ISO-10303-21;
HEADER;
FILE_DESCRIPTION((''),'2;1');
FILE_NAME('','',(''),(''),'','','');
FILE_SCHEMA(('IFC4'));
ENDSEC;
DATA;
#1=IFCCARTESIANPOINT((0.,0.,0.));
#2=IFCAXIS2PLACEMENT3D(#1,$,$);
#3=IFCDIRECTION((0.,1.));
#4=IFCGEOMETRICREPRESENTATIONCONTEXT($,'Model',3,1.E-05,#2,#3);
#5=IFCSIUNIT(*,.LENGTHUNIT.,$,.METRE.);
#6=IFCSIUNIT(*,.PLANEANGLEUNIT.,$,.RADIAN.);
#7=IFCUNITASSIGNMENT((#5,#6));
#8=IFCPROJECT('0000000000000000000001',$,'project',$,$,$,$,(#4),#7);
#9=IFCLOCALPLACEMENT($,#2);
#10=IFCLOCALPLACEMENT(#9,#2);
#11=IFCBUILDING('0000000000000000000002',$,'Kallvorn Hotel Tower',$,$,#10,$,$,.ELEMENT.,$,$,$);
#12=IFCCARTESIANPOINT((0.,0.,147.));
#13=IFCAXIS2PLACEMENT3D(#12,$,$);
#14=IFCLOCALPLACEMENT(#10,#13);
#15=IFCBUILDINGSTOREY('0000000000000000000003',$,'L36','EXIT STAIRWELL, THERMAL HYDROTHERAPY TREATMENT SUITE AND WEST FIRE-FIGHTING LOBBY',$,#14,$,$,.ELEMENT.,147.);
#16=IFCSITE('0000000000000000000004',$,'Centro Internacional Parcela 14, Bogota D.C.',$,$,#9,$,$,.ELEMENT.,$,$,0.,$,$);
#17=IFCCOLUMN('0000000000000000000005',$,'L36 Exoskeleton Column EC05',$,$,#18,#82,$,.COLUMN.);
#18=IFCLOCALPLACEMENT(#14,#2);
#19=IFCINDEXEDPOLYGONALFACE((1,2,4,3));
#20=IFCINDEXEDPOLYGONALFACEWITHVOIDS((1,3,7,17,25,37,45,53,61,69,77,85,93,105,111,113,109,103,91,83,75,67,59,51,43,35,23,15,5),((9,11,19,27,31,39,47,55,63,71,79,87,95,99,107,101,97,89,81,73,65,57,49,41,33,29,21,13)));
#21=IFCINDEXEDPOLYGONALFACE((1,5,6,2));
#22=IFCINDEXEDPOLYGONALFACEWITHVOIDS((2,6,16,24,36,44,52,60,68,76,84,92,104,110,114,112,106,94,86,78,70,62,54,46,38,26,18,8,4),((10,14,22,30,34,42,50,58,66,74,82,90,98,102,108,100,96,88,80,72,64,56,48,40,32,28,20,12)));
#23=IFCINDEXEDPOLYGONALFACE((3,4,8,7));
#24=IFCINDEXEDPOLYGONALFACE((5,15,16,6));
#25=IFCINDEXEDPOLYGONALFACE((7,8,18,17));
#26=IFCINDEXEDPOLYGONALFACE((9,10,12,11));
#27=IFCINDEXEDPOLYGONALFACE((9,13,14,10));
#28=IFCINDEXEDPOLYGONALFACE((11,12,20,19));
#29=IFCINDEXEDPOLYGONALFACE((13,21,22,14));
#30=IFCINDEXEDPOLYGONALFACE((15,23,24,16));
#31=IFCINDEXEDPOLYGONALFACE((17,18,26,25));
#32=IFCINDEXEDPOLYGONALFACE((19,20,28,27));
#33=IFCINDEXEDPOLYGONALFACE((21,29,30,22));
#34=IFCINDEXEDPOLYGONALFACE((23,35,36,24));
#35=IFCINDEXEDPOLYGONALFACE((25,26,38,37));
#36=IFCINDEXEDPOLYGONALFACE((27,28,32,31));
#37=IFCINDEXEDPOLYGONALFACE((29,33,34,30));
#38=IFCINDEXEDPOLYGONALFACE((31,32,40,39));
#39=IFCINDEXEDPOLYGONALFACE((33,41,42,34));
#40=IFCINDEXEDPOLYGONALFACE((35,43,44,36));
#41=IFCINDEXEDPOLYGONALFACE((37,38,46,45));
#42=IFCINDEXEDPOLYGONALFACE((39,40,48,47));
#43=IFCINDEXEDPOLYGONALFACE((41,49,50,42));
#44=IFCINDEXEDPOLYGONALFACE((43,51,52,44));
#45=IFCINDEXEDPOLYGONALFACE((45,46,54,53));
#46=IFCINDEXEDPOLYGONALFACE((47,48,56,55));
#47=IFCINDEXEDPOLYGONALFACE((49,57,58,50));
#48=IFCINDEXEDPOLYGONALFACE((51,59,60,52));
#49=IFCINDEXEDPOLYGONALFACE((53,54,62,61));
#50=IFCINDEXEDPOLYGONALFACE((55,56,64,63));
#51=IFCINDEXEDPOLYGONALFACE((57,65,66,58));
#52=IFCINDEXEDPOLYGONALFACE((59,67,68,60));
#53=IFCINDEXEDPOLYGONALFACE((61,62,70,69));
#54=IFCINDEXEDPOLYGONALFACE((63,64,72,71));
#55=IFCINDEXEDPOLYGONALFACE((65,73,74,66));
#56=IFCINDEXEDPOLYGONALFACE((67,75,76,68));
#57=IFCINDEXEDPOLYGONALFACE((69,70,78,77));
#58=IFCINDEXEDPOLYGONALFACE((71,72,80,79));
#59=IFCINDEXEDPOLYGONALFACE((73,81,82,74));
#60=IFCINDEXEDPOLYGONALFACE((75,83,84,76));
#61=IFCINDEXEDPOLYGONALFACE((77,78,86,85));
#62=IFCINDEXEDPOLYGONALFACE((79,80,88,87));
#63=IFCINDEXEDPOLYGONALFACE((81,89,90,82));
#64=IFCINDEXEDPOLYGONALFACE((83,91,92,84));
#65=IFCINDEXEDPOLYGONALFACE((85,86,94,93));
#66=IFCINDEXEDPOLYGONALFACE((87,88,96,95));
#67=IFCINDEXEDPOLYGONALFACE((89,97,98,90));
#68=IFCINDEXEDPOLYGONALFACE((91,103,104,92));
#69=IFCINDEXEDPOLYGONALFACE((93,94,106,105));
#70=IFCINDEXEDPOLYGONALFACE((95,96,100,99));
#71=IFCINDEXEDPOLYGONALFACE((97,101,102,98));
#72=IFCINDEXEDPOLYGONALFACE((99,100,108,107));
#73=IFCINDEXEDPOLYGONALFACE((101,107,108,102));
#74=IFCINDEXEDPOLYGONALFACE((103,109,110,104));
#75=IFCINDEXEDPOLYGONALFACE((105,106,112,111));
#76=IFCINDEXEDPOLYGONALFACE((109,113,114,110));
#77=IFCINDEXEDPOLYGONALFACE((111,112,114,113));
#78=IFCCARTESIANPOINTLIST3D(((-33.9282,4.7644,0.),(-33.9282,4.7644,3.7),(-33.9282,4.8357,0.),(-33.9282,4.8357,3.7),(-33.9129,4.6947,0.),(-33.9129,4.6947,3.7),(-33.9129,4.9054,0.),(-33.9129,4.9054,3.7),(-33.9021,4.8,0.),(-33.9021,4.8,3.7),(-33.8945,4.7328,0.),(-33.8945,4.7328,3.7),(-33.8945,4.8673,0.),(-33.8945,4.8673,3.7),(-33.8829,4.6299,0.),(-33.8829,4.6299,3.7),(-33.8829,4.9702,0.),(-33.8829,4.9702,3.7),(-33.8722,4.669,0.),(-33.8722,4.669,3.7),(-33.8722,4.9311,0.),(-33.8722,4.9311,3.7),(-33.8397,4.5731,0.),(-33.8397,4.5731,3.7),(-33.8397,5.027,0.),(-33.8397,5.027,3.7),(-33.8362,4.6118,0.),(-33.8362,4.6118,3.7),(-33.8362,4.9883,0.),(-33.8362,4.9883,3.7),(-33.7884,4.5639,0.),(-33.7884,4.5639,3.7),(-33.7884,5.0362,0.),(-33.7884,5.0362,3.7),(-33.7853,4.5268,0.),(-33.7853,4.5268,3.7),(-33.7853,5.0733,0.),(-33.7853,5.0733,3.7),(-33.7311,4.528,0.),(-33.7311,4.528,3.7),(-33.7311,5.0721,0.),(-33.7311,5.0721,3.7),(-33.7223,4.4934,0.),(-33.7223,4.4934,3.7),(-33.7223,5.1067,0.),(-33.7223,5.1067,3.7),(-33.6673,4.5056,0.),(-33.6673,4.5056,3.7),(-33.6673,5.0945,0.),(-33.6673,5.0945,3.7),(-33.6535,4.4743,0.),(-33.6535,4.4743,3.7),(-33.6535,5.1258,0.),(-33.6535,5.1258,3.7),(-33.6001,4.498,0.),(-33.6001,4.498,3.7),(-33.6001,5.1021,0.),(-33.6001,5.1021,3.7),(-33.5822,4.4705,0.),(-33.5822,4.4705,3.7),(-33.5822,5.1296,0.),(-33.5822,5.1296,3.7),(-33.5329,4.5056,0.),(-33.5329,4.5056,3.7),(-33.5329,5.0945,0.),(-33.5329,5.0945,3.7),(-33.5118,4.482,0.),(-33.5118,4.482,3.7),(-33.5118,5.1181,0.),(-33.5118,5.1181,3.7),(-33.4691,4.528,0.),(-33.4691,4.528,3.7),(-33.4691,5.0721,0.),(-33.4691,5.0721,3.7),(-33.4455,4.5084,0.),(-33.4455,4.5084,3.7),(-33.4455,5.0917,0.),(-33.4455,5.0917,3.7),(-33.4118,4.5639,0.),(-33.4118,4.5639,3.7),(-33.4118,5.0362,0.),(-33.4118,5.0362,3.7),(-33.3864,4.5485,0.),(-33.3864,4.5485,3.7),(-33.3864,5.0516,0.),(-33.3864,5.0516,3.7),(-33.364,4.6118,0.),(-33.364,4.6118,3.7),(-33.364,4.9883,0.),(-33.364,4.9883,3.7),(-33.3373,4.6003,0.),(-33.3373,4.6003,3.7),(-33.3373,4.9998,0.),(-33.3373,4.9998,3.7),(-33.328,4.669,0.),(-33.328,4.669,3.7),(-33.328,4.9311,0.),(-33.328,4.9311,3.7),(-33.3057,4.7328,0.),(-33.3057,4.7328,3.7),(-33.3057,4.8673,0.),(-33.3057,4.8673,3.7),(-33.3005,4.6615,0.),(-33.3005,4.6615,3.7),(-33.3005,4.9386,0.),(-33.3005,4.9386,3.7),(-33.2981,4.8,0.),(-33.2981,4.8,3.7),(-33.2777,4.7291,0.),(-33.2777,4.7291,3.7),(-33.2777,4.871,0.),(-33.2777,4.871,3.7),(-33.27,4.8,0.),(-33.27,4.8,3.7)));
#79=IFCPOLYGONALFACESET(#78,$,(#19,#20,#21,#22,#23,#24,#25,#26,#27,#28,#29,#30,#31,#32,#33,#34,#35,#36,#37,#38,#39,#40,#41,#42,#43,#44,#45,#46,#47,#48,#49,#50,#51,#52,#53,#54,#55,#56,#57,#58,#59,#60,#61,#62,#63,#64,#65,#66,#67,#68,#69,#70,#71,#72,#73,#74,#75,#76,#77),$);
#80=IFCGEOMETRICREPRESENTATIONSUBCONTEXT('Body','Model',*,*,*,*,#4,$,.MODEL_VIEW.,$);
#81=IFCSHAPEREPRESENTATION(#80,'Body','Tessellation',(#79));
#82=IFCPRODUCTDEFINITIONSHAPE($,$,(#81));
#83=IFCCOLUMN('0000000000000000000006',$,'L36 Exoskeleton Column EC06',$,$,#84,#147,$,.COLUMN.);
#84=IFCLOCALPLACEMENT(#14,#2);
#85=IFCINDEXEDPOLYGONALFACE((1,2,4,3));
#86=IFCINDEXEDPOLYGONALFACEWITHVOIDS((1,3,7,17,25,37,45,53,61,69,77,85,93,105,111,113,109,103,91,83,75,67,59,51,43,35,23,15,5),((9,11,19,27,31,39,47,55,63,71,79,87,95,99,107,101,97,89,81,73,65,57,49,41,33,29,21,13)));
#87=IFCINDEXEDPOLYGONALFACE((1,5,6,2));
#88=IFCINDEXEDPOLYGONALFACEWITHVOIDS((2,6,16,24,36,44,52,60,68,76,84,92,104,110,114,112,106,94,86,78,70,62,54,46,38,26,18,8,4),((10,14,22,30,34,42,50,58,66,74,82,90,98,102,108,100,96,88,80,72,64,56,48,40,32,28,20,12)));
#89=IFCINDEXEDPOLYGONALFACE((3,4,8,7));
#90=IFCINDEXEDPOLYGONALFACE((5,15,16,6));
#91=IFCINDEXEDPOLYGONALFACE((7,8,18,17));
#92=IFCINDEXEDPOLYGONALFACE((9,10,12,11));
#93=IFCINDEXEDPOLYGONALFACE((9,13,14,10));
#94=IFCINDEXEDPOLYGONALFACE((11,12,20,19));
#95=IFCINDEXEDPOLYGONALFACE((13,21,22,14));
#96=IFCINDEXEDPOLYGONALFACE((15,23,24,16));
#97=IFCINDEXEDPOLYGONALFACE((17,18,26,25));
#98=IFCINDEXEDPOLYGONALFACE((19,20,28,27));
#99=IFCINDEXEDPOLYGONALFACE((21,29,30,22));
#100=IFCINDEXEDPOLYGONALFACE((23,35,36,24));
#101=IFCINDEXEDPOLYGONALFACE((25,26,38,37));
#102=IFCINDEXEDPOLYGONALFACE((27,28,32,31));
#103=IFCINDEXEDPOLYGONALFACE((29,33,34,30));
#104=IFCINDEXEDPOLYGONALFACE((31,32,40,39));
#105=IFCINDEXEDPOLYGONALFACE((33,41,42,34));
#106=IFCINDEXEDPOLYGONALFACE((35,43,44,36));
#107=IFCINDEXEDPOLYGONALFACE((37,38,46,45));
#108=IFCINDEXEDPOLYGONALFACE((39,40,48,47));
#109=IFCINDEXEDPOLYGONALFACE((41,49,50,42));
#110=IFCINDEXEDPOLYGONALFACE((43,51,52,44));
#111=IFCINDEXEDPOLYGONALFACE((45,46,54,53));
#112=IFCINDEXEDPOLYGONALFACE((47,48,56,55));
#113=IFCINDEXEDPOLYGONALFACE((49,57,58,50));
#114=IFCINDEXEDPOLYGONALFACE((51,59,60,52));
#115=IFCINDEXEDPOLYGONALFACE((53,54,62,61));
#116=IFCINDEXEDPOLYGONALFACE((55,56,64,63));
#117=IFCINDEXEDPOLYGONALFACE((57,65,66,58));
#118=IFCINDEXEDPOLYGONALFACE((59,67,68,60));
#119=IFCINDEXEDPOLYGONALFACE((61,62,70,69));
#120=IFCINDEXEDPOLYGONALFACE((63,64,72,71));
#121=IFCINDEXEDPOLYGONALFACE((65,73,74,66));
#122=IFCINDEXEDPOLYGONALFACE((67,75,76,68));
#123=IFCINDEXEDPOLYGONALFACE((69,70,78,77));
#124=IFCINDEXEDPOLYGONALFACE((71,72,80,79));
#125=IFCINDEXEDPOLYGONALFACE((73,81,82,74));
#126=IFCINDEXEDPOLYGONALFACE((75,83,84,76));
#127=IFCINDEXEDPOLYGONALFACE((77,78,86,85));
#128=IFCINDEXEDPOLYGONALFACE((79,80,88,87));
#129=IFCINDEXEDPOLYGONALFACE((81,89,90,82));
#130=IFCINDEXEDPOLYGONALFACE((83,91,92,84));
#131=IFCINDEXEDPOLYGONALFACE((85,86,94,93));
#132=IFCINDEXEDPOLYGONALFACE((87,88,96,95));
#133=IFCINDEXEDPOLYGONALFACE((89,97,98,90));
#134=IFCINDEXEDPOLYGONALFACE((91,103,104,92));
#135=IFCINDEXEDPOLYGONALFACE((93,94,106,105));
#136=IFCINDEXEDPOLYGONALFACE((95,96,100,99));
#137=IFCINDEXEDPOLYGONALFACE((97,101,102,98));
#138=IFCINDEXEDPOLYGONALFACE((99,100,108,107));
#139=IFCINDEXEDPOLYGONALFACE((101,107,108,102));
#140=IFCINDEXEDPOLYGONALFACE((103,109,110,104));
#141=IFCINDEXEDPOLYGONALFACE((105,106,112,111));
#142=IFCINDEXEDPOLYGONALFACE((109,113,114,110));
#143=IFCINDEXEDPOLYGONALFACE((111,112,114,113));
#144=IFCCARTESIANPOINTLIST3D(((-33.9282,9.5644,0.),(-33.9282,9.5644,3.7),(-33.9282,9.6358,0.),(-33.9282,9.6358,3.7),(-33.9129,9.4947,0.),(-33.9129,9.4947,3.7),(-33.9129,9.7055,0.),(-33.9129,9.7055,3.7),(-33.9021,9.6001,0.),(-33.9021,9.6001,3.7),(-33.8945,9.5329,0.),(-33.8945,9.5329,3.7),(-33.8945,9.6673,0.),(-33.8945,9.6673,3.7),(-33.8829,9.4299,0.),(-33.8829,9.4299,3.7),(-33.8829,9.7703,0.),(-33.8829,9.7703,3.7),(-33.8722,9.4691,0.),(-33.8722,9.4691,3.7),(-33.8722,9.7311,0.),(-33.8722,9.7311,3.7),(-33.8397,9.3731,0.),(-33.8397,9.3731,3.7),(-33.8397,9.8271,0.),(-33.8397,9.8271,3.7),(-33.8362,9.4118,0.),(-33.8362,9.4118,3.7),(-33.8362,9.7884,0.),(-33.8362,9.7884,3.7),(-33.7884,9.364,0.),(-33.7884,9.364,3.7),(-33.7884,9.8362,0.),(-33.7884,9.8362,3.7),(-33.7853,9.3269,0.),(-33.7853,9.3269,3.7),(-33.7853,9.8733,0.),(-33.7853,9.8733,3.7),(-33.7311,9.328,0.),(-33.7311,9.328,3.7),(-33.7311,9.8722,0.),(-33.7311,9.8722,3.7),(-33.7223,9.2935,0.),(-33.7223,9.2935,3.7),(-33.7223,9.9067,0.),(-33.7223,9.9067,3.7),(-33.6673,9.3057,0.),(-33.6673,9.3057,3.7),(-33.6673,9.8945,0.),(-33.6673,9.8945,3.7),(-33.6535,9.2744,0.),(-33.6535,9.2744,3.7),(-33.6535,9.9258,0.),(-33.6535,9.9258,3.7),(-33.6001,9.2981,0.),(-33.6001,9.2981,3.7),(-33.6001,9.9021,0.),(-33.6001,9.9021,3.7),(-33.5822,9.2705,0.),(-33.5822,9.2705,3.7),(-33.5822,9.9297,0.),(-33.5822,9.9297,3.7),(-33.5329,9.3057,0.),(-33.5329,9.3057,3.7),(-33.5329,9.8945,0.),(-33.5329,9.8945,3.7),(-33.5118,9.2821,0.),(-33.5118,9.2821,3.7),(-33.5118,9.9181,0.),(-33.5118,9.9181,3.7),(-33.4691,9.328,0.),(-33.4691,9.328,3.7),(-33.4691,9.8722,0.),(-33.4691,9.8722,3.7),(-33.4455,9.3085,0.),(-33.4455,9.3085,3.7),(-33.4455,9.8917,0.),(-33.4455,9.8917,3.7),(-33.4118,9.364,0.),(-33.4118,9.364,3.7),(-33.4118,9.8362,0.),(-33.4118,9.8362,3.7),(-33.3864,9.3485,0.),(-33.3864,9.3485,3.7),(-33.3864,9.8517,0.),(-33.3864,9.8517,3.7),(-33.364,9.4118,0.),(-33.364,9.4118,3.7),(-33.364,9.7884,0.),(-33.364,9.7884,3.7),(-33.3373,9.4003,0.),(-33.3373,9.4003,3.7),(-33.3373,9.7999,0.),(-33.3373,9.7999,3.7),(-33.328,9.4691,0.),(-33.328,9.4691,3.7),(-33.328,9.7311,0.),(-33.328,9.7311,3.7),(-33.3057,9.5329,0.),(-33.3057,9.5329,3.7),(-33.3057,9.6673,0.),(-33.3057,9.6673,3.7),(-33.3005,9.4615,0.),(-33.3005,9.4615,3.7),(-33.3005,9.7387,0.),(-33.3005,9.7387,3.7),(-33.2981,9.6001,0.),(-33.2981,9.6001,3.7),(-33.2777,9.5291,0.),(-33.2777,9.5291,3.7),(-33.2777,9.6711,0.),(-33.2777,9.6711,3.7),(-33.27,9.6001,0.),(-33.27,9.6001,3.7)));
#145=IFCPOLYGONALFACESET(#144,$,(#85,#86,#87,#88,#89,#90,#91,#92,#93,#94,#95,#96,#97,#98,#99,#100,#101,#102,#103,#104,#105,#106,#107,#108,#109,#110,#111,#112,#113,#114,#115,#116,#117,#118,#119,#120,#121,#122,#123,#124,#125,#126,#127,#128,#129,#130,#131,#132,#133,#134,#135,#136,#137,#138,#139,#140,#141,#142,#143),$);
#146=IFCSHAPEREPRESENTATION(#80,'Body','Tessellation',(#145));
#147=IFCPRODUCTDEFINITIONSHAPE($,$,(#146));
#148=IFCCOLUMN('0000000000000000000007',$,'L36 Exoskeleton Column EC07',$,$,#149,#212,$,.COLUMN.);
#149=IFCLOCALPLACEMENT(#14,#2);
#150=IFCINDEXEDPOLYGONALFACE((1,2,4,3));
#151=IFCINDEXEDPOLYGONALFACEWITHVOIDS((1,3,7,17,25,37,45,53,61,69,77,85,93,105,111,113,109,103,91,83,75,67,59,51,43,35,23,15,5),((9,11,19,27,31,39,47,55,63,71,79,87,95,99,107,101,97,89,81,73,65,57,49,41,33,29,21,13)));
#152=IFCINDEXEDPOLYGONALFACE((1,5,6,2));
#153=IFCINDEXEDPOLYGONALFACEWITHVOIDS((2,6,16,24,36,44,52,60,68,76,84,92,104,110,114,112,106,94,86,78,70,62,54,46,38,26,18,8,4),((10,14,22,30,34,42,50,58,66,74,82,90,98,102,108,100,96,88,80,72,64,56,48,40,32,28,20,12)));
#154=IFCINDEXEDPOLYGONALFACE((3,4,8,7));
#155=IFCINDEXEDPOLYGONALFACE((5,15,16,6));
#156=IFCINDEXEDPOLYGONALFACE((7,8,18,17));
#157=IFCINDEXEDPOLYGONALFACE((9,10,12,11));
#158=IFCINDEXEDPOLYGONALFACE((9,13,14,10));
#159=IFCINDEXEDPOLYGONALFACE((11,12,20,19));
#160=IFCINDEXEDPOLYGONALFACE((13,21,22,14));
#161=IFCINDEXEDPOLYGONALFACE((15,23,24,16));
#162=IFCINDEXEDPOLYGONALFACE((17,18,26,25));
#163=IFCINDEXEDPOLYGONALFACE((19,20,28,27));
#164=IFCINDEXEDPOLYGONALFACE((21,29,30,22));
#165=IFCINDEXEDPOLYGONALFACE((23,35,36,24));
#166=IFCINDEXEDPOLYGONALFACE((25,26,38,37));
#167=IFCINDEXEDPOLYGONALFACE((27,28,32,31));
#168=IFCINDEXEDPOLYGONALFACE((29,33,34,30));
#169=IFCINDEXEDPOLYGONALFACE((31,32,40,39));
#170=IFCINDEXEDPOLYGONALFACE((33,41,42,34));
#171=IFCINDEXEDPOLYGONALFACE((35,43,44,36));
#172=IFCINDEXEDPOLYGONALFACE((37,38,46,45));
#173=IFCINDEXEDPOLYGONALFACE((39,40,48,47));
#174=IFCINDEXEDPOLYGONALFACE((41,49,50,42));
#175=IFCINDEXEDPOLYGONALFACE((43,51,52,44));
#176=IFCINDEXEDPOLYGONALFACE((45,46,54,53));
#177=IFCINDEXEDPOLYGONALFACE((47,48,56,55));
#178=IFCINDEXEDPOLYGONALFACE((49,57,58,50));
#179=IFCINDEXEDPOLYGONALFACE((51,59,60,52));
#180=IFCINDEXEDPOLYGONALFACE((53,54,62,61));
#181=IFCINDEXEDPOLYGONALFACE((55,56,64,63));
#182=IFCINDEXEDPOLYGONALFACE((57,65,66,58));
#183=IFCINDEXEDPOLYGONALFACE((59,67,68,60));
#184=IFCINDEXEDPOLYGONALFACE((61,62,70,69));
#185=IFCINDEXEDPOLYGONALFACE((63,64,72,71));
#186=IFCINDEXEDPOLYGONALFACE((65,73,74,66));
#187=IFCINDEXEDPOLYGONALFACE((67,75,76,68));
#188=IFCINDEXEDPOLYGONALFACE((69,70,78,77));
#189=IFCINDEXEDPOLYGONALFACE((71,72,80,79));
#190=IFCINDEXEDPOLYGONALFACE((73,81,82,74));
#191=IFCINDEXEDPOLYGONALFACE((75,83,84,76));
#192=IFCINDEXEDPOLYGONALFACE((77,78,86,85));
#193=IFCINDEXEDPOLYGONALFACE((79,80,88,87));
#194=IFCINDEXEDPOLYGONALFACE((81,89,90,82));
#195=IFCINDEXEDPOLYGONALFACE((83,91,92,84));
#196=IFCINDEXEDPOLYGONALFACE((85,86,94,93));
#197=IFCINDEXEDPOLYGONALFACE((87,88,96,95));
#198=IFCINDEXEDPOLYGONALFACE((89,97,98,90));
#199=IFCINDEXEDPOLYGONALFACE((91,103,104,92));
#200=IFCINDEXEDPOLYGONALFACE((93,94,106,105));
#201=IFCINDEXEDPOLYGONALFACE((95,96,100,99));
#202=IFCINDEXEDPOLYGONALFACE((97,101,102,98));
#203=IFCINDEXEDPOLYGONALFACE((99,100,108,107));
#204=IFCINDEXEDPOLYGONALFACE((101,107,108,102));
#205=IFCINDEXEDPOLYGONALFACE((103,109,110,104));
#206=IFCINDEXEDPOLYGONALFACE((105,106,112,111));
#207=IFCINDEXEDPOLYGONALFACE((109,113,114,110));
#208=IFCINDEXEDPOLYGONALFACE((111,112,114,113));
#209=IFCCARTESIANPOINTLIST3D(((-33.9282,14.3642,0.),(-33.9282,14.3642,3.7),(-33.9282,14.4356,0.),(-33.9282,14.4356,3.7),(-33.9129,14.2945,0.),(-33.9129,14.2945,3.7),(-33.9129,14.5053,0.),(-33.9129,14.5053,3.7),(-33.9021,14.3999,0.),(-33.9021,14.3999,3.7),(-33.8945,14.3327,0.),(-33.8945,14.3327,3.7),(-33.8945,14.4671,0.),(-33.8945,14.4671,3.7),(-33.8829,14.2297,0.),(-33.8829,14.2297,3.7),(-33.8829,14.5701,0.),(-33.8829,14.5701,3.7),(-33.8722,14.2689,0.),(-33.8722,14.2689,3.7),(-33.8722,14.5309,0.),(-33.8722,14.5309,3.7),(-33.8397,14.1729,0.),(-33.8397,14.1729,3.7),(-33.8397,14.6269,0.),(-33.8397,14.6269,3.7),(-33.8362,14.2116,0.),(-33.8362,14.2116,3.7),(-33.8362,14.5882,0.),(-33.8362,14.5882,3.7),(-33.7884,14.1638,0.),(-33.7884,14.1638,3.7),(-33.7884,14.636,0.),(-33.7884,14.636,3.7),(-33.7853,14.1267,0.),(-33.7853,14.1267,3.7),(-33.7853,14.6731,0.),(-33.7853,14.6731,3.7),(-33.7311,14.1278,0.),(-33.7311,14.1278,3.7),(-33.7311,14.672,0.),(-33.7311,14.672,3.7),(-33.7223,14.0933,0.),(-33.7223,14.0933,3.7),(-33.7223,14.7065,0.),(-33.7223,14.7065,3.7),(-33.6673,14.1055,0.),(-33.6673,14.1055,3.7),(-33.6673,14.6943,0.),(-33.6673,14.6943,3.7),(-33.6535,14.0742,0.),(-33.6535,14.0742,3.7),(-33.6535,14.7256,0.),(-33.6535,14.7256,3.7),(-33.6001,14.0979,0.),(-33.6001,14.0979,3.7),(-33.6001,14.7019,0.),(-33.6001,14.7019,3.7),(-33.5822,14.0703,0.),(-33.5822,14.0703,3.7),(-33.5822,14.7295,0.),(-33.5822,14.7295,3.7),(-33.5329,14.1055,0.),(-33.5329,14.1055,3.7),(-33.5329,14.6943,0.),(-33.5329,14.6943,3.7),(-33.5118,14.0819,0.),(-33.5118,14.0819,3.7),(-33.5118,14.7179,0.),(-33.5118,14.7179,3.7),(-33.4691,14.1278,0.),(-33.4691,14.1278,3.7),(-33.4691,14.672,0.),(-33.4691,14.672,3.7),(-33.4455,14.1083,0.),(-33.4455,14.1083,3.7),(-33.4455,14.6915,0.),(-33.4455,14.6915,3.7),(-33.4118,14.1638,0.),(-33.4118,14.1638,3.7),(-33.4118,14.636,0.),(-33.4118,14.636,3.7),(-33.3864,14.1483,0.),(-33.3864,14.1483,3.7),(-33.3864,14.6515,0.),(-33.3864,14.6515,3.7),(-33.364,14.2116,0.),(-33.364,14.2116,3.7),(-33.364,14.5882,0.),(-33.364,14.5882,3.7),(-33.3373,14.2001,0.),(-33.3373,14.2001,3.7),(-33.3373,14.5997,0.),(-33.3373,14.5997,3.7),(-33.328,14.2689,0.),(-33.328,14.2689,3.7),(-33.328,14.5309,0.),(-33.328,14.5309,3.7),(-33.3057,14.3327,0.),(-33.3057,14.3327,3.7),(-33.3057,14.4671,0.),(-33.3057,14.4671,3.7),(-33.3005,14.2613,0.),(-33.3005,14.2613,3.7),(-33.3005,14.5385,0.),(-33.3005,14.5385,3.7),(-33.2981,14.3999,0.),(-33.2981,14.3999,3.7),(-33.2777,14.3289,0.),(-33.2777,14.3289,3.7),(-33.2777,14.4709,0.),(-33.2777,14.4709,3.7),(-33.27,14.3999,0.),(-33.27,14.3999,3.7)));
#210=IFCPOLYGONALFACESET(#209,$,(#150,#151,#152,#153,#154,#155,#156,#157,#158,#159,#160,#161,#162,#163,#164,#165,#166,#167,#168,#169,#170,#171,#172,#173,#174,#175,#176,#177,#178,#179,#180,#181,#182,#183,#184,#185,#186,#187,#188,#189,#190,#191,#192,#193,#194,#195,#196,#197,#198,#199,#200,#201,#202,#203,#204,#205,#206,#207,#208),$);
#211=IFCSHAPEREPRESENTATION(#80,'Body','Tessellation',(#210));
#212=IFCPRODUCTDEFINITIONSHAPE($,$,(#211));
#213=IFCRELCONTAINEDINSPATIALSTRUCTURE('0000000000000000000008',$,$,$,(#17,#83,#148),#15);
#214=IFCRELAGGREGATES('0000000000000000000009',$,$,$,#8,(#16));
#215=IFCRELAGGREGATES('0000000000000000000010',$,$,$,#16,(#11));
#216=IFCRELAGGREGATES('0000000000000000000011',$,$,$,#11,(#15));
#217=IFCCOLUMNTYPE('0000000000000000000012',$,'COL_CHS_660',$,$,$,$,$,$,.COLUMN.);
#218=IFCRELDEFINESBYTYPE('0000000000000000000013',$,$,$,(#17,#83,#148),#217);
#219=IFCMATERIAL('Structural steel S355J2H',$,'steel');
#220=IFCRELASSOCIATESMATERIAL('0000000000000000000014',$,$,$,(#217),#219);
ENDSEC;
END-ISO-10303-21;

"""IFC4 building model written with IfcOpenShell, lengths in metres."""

from ifc_helpers import new_model, si_unit, direction, frame, origin, origin_2d, place, context, subcontext, project, spatial, hollow_circle, extrude, material, material_profile, profile_set, type_object, element, save


model = new_model("IFC4")

# Units and contexts
model_context = context("Model", 3, precision=1e-05, world=origin(), true_north=direction((0.0, 1.0)))
body_context = subcontext(model_context, "Body", "Model", "MODEL_VIEW")
ifc_project = project(units=[si_unit("LENGTHUNIT", "METRE"), si_unit("PLANEANGLEUNIT", "RADIAN")], contexts=[model_context])

# Site, building, storey
site_placement = place(None, origin())
site = spatial("IfcSite", under=ifc_project, at=site_placement, Name="Centro Internacional Parcela 14, Bogota D.C.", CompositionType="ELEMENT", RefElevation=0.0)
building_placement = place(site_placement, origin())
building = spatial("IfcBuilding", under=site, at=building_placement, Name="Kallvorn Hotel Tower", CompositionType="ELEMENT")
storey_placement = place(building_placement, frame((0.0, 0.0, 147.0)))
storey = spatial("IfcBuildingStorey", under=building, at=storey_placement, Name="L36", Description="EXIT STAIRWELL, THERMAL HYDROTHERAPY TREATMENT SUITE AND WEST FIRE-FIGHTING LOBBY", CompositionType="ELEMENT", Elevation=147.0)

# Columns
ifc_material_1 = material(Name="Structural steel S355J2H", Category="steel")
ifc_material_profile_1 = material_profile(ifc_material_1, hollow_circle(Radius=0.3301, WallThickness=0.0281, at=origin_2d()), Name="CHS 660x28")
ifc_profile_set_1 = profile_set([ifc_material_profile_1], Name="Structural steel S355J2H")
column_type_1 = type_object("IfcColumnType", Name="COL_CHS_660", PredefinedType="COLUMN", material=ifc_profile_set_1)
for number, where, z_axis, x_axis, name in (
    (1, (-33.6001, 4.8, 0.0), (0.0, 0.0, 1.0), (1.0, 0.0, 0.0), "L36 Exoskeleton Column EC05"),
    (2, (-33.6001, 9.6001, 0.0), (0.0, 0.0, 1.0), (1.0, 0.0, 0.0), "L36 Exoskeleton Column EC06"),
    (3, (-33.6001, 14.3999, 0.0), (0.0, 0.0, 1.0), (1.0, 0.0, 0.0), "L36 Exoskeleton Column EC07"),
):
    element("IfcColumn", number, at=place(storey_placement, frame(where, z_axis=z_axis, x_axis=x_axis)), inside=storey, type_object=column_type_1, Name=name, PredefinedType="COLUMN", context=body_context, shape_type="SweptSolid", body=[
        extrude(hollow_circle(Radius=0.3301, WallThickness=0.0281, at=origin_2d()), origin(), (0.0, 0.0, 1.0), 3.7),
    ])

save(model, "model.ifc")
